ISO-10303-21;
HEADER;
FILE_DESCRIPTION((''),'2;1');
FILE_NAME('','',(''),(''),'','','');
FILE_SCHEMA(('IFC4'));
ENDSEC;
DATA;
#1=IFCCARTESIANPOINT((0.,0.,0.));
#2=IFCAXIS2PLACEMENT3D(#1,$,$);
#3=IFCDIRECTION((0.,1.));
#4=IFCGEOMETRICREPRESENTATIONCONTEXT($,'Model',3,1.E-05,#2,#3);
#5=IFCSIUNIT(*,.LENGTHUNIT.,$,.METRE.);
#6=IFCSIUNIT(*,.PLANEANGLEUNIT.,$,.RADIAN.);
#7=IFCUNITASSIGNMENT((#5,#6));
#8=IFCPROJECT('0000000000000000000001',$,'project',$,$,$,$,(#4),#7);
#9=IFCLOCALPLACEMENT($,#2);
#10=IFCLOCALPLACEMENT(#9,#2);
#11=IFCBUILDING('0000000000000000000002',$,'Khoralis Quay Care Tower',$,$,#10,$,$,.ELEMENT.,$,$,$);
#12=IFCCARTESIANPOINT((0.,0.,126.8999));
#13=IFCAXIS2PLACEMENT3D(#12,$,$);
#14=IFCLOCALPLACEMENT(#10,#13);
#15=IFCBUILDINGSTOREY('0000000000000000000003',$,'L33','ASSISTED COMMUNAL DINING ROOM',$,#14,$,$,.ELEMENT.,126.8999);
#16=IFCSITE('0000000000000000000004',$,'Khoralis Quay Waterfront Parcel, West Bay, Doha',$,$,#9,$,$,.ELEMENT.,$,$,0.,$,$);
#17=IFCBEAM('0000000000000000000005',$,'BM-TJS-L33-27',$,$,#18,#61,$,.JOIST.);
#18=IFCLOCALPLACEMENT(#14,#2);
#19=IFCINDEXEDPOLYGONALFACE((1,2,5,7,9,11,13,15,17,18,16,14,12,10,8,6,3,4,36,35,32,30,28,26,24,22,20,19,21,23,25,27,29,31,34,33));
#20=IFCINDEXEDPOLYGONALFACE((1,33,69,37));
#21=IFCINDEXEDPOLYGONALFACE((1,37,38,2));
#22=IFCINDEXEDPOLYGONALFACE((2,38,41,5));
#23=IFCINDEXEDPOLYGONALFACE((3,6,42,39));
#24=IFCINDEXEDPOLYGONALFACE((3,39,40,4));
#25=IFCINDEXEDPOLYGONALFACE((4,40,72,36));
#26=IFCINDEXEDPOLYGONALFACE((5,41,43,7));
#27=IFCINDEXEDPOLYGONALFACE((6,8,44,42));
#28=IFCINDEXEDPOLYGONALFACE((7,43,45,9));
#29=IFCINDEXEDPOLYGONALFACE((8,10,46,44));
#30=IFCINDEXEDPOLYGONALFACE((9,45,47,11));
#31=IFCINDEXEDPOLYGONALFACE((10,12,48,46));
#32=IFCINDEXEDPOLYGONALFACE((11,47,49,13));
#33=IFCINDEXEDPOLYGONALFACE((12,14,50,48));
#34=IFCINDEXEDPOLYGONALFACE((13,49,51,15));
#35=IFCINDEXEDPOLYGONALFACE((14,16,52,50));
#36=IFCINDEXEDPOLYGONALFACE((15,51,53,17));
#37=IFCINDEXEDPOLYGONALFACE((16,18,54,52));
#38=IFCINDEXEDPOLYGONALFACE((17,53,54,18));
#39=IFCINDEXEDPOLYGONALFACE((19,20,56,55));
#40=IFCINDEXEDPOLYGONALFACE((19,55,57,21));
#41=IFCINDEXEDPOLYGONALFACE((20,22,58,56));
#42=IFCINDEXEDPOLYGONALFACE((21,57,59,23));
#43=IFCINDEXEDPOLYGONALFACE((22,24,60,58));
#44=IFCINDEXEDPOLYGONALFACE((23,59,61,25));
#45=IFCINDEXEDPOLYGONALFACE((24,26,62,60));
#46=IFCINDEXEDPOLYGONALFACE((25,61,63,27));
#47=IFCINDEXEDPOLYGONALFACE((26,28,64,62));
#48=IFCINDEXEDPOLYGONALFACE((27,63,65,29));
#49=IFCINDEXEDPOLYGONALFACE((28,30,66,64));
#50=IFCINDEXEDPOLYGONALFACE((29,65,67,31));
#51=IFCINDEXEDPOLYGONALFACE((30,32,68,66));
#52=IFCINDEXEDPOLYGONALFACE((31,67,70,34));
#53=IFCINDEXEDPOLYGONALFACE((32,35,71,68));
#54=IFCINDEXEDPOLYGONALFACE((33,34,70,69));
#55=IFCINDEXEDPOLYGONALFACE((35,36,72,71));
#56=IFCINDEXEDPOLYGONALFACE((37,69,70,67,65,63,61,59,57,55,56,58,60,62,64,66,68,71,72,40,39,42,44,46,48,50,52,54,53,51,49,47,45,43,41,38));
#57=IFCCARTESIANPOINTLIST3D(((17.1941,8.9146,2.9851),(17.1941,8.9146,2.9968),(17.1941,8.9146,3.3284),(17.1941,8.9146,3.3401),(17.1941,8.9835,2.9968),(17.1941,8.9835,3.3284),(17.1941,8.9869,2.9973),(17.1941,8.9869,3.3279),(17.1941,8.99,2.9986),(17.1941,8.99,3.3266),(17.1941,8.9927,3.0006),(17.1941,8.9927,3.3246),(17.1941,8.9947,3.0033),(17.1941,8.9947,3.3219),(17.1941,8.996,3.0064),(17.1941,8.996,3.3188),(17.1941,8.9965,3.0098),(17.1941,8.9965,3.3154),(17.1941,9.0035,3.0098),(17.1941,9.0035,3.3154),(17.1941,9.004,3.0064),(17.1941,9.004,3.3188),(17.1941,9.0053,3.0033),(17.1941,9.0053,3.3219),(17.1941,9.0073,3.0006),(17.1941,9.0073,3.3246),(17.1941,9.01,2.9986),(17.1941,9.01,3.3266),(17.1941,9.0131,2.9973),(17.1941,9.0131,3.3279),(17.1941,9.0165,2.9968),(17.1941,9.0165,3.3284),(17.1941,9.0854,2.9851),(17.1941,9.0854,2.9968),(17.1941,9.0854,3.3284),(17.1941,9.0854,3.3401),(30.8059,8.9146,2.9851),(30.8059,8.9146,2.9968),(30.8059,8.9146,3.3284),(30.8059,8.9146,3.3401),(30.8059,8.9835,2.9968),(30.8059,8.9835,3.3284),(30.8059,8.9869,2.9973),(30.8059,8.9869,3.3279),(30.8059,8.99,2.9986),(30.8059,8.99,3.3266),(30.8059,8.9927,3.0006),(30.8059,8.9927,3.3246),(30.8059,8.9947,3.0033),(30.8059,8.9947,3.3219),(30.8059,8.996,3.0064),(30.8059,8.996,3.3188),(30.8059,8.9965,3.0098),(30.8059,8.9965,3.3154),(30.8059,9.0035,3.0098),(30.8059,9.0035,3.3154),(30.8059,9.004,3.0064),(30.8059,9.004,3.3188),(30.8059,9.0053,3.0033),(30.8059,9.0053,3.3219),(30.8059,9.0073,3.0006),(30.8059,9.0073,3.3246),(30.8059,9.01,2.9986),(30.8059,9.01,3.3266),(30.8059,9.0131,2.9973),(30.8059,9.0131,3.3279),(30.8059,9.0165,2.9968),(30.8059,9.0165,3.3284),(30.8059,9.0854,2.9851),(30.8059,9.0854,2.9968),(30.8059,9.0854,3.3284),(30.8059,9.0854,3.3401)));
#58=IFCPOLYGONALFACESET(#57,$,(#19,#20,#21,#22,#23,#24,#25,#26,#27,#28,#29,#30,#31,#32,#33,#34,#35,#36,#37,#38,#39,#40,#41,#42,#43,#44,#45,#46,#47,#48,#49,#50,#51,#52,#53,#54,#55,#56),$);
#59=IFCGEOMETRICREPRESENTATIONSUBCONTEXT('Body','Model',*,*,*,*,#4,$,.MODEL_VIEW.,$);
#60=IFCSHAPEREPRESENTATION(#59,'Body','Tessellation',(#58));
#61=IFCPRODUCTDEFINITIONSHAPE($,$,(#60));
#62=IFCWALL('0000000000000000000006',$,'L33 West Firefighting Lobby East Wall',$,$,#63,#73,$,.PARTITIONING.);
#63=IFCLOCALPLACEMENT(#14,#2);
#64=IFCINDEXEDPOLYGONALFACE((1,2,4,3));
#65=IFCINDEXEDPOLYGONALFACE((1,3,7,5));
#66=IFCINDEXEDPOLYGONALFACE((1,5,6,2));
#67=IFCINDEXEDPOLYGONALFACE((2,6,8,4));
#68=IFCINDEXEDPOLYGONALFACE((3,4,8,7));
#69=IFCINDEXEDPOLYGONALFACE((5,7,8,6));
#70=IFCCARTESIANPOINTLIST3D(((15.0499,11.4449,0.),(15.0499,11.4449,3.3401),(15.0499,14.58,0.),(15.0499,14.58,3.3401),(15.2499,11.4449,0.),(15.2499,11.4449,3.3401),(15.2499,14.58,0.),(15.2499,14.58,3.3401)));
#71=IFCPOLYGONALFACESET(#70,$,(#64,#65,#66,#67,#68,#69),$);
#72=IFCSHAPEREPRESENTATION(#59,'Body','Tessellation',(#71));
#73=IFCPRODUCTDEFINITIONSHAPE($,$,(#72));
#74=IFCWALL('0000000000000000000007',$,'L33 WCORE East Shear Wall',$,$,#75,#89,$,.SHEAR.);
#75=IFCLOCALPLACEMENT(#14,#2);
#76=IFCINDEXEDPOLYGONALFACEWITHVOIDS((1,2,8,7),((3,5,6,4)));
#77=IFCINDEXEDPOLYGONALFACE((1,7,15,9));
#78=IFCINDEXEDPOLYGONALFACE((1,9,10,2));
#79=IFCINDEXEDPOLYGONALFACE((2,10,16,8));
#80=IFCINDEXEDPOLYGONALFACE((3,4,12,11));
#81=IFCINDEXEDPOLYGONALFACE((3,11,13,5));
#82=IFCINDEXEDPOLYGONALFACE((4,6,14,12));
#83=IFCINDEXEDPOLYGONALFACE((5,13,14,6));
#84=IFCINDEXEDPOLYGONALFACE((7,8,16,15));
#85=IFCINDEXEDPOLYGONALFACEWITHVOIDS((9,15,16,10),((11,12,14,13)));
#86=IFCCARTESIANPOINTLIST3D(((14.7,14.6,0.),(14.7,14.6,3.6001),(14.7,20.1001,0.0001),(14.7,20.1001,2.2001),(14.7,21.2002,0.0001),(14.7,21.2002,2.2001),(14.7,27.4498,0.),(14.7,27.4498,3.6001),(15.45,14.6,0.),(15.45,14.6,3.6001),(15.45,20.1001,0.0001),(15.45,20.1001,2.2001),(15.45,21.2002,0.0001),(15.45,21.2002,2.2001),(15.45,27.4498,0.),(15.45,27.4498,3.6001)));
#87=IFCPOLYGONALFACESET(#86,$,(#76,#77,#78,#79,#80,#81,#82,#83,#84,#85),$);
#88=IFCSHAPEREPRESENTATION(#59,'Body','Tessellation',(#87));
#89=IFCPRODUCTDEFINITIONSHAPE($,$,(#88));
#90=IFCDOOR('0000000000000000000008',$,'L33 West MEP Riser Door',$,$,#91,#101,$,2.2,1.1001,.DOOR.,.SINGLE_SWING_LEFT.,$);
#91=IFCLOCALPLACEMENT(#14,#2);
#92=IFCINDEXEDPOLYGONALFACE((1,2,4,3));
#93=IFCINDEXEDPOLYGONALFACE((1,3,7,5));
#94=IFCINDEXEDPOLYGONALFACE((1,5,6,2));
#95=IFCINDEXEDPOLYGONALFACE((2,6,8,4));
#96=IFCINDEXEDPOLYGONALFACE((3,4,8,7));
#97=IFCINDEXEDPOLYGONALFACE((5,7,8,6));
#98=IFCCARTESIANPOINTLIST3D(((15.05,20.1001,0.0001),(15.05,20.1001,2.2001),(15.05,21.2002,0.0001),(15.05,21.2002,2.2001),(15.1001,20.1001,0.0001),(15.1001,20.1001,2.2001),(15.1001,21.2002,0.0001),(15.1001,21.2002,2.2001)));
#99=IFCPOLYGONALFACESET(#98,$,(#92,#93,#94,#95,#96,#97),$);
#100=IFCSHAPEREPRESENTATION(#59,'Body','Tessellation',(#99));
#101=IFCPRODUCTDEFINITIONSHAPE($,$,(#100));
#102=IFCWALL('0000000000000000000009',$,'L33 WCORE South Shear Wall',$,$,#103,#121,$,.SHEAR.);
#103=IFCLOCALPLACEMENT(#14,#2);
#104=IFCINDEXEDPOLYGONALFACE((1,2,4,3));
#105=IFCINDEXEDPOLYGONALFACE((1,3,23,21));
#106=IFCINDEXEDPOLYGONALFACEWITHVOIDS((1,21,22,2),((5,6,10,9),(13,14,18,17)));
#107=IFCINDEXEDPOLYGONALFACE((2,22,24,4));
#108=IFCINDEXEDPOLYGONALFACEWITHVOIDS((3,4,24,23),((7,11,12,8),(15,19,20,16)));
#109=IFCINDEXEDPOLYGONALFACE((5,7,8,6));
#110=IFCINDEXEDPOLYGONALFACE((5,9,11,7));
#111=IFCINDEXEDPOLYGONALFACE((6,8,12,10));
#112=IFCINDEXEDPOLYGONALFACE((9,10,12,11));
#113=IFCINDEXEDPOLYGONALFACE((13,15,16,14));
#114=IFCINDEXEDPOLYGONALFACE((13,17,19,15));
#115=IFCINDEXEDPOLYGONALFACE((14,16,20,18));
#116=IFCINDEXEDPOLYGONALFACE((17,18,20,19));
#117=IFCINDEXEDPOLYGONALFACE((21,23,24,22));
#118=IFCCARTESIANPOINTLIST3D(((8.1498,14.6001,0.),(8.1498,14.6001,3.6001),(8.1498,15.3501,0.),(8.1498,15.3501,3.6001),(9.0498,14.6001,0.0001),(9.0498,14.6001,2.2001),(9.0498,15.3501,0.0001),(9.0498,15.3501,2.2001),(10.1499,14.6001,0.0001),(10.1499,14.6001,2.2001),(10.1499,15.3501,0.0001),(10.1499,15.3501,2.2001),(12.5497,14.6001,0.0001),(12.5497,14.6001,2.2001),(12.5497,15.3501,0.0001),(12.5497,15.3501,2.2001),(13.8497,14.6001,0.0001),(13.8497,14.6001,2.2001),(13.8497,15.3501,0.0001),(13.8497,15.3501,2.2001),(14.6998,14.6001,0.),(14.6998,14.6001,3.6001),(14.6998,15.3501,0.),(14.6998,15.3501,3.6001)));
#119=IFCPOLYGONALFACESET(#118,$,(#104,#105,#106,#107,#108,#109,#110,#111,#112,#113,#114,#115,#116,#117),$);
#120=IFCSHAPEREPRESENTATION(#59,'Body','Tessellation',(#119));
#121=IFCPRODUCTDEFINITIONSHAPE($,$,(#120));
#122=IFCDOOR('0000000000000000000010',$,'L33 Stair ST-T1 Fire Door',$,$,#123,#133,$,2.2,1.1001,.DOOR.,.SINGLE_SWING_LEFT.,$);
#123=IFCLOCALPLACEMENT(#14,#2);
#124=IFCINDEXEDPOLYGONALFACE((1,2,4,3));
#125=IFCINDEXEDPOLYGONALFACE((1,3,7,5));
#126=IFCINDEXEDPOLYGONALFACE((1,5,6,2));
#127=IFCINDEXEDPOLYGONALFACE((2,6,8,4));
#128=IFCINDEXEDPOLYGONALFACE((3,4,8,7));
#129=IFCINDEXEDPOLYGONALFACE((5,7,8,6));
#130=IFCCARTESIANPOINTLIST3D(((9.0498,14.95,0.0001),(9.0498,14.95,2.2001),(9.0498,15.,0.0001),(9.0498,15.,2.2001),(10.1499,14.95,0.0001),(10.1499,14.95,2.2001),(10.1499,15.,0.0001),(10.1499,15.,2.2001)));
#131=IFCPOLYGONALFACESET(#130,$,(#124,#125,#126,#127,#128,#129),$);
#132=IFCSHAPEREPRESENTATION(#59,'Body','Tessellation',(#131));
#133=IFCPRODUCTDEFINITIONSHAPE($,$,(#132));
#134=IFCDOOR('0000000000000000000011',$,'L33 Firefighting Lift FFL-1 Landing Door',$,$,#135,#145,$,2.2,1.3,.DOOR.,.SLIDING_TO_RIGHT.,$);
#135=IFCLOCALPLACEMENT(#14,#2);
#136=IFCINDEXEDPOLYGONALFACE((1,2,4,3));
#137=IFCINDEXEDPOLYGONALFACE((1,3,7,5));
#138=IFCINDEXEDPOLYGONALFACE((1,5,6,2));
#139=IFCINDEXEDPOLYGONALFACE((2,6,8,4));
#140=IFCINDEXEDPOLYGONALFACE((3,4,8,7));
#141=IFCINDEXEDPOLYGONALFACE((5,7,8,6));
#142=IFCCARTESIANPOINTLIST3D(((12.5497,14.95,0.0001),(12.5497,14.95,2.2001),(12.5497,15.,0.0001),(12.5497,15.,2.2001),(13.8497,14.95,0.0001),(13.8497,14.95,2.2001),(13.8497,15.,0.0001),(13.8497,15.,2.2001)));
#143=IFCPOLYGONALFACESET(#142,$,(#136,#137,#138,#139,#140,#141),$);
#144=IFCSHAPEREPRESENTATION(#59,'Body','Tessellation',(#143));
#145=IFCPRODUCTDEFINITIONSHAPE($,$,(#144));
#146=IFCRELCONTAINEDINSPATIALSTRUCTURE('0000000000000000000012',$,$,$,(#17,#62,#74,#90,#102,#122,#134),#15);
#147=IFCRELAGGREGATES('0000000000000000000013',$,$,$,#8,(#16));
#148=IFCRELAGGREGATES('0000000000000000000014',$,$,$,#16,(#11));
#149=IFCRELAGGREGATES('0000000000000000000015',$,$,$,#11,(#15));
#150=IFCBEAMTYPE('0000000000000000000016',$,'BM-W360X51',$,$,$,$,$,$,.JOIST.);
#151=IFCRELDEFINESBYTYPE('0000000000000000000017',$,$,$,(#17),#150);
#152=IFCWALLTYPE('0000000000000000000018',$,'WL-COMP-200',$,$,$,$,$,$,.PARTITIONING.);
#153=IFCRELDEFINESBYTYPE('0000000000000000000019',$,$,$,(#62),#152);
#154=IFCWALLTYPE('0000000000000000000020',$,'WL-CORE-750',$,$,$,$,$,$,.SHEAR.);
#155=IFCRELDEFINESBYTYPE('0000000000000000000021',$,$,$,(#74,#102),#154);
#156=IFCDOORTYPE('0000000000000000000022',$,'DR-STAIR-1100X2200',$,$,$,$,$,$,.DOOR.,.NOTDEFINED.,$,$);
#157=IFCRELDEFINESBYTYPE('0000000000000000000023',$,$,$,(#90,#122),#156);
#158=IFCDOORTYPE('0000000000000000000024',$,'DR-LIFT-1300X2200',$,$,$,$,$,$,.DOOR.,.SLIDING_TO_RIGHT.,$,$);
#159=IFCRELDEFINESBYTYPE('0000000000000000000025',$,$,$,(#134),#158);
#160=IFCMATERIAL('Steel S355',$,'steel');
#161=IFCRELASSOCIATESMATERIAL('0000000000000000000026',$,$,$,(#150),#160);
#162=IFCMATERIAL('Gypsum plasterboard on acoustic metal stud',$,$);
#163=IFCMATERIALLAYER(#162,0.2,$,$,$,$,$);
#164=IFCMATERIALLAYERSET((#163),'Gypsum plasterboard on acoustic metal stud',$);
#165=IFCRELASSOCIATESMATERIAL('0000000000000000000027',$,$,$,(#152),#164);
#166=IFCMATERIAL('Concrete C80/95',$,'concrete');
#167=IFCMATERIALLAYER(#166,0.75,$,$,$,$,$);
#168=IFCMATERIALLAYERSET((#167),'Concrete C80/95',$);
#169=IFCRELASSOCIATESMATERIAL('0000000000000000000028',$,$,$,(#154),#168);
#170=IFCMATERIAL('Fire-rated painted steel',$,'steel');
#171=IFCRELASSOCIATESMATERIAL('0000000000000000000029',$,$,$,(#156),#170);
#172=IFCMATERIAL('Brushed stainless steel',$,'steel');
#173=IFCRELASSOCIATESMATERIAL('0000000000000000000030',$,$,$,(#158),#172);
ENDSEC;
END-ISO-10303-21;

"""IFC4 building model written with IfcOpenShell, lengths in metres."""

from ifc_helpers import new_model, si_unit, direction, frame, frame_2d, origin, origin_2d, place, context, subcontext, project, spatial, rectangle, i_section, extrude, source, transform, mapped, material, layer, layer_set, material_profile, profile_set, type_object, element, fill, save


model = new_model("IFC4")

# Units and contexts
model_context = context("Model", 3, precision=1e-05, world=origin(), true_north=direction((0.0, 1.0)))
body_context = subcontext(model_context, "Body", "Model", "MODEL_VIEW")
ifc_project = project(units=[si_unit("LENGTHUNIT", "METRE"), si_unit("PLANEANGLEUNIT", "RADIAN")], contexts=[model_context])

# Site, building, storey
site_placement = place(None, origin())
site = spatial("IfcSite", under=ifc_project, at=site_placement, Name="Khoralis Quay Waterfront Parcel, West Bay, Doha", CompositionType="ELEMENT", RefElevation=0.0)
building_placement = place(site_placement, origin())
building = spatial("IfcBuilding", under=site, at=building_placement, Name="Khoralis Quay Care Tower", CompositionType="ELEMENT")
storey_placement = place(building_placement, frame((0.0, 0.0, 126.8999)))
storey = spatial("IfcBuildingStorey", under=building, at=storey_placement, Name="L33", Description="ASSISTED COMMUNAL DINING ROOM", CompositionType="ELEMENT", Elevation=126.8999)

# Beam
ifc_material_1 = material(Name="Steel S355", Category="steel")
ifc_material_profile_1 = material_profile(ifc_material_1, i_section(OverallWidth=0.1709, OverallDepth=0.355, WebThickness=0.0071, FlangeThickness=0.0117, FilletRadius=0.0129, at=origin_2d()), Name="Steel S355")
ifc_profile_set_1 = profile_set([ifc_material_profile_1], Name="Steel S355")
beam_type_1 = type_object("IfcBeamType", Name="BM-W360X51", PredefinedType="JOIST", material=ifc_profile_set_1)
shared_shape_1 = source(origin(), body_context, "Body", "SweptSolid", [
    extrude(i_section(OverallWidth=0.1709, OverallDepth=0.355, WebThickness=0.0071, FlangeThickness=0.0117, FilletRadius=0.0129, at=origin_2d()), origin(), (0.0, 0.0, 1.0), 13.6118),
])
beam_1_placement = place(storey_placement, frame((17.1941, 9.0, 3.1626), z_axis=(1.0, 0.0, 0.0), x_axis=(0.0, 1.0, 0.0)))
element("IfcBeam", 1, at=beam_1_placement, inside=storey, type_object=beam_type_1, Name="BM-TJS-L33-27", PredefinedType="JOIST", context=body_context, shape_type="MappedRepresentation", body=[
    mapped(shared_shape_1, transform((0.0, 0.0, 0.0), scale=1.0)),
])

# Wall
ifc_material_2 = material(Name="Gypsum plasterboard on acoustic metal stud")
ifc_layer_1 = layer(ifc_material_2, 0.2)
ifc_layer_set_1 = layer_set([ifc_layer_1], Name="Gypsum plasterboard on acoustic metal stud")
wall_type_1 = type_object("IfcWallType", Name="WL-COMP-200", PredefinedType="PARTITIONING", material=ifc_layer_set_1)
wall_1_placement = place(storey_placement, frame((15.1499, 11.4451, 0.0), z_axis=(0.0, 0.0, 1.0), x_axis=(0.0, 1.0, 0.0)))
element("IfcWall", 2, at=wall_1_placement, inside=storey, type_object=wall_type_1, Name="L33 West Firefighting Lobby East Wall", PredefinedType="PARTITIONING", context=body_context, shape_type="SweptSolid", body=[
    extrude(rectangle(XDim=3.135, YDim=0.2, at=frame_2d((1.5674, 0.0))), origin(), (0.0, 0.0, 1.0), 3.3401),
])

# Wall, opening, door
ifc_material_3 = material(Name="Concrete C80/95", Category="concrete")
ifc_layer_2 = layer(ifc_material_3, 0.75)
ifc_layer_set_2 = layer_set([ifc_layer_2], Name="Concrete C80/95")
wall_type_2 = type_object("IfcWallType", Name="WL-CORE-750", PredefinedType="SHEAR", material=ifc_layer_set_2)
wall_2_placement = place(storey_placement, frame((15.075, 14.6001, 0.0), z_axis=(0.0, 0.0, 1.0), x_axis=(0.0, 1.0, 0.0)))
wall_2 = element("IfcWall", 3, at=wall_2_placement, inside=storey, type_object=wall_type_2, Name="L33 WCORE East Shear Wall", PredefinedType="SHEAR", context=body_context, shape_type="SweptSolid", body=[
    extrude(rectangle(XDim=12.8499, YDim=0.75, at=frame_2d((6.4248, 0.0))), origin(), (0.0, 0.0, 1.0), 3.6001),
])
opening_1_placement = place(wall_2_placement, frame((5.5, 0.0, 0.0)))
opening_1 = element("IfcOpeningElement", 4, at=opening_1_placement, cuts=wall_2, PredefinedType="OPENING", context=body_context, shape_type="SweptSolid", body=[
    extrude(rectangle(XDim=1.1001, YDim=2.2, at=frame_2d((0.55, 1.1001))), frame((0.0, 0.385, 0.0), z_axis=(0.0, -1.0, 0.0), x_axis=(1.0, 0.0, 0.0)), (0.0, 0.0, 1.0), 0.77),
])
ifc_material_4 = material(Name="Fire-rated painted steel", Category="steel")
door_type_1 = type_object("IfcDoorType", Name="DR-STAIR-1100X2200", OperationType="NOTDEFINED", PredefinedType="DOOR", material=ifc_material_4)
shared_shape_2 = source(origin(), body_context, "Body", "SweptSolid", [
    extrude(rectangle(XDim=1.1001, YDim=2.2, at=frame_2d((0.55, 1.1001))), frame((0.0, 0.0249, 0.0), z_axis=(0.0, -1.0, 0.0), x_axis=(1.0, 0.0, 0.0)), (0.0, 0.0, 1.0), 0.05),
])
door_1_placement = place(opening_1_placement, origin())
door_1 = element("IfcDoor", 5, at=door_1_placement, inside=storey, type_object=door_type_1, Name="L33 West MEP Riser Door", OperationType="SINGLE_SWING_LEFT", OverallHeight=2.2, OverallWidth=1.1001, PredefinedType="DOOR", context=body_context, shape_type="MappedRepresentation", body=[
    mapped(shared_shape_2, transform((0.0, 0.0, 0.0), scale=1.0)),
])
fill(opening_1, door_1)

# Wall, openings, doors
wall_3_placement = place(storey_placement, frame((8.1499, 14.9751, 0.0), z_axis=(0.0, 0.0, 1.0), x_axis=(1.0, 0.0, 0.0)))
wall_3 = element("IfcWall", 6, at=wall_3_placement, inside=storey, type_object=wall_type_2, Name="L33 WCORE South Shear Wall", PredefinedType="SHEAR", context=body_context, shape_type="SweptSolid", body=[
    extrude(rectangle(XDim=6.55, YDim=0.75, at=frame_2d((3.2749, 0.0))), origin(), (0.0, 0.0, 1.0), 3.6001),
])
opening_2_placement = place(wall_3_placement, frame((0.8999, 0.0, 0.0)))
opening_2 = element("IfcOpeningElement", 7, at=opening_2_placement, cuts=wall_3, PredefinedType="OPENING", context=body_context, shape_type="SweptSolid", body=[
    extrude(rectangle(XDim=1.1001, YDim=2.2, at=frame_2d((0.55, 1.1001))), frame((0.0, 0.385, 0.0), z_axis=(0.0, -1.0, 0.0), x_axis=(1.0, 0.0, 0.0)), (0.0, 0.0, 1.0), 0.77),
])
opening_3_placement = place(wall_3_placement, frame((4.3999, 0.0, 0.0)))
opening_3 = element("IfcOpeningElement", 8, at=opening_3_placement, cuts=wall_3, PredefinedType="OPENING", context=body_context, shape_type="SweptSolid", body=[
    extrude(rectangle(XDim=1.3, YDim=2.2, at=frame_2d((0.6499, 1.1001))), frame((0.0, 0.385, 0.0), z_axis=(0.0, -1.0, 0.0), x_axis=(1.0, 0.0, 0.0)), (0.0, 0.0, 1.0), 0.77),
])
door_2_placement = place(opening_2_placement, origin())
door_2 = element("IfcDoor", 9, at=door_2_placement, inside=storey, type_object=door_type_1, Name="L33 Stair ST-T1 Fire Door", OperationType="SINGLE_SWING_LEFT", OverallHeight=2.2, OverallWidth=1.1001, PredefinedType="DOOR", context=body_context, shape_type="MappedRepresentation", body=[
    mapped(shared_shape_2, transform((0.0, 0.0, 0.0), scale=1.0)),
])
fill(opening_2, door_2)
ifc_material_5 = material(Name="Brushed stainless steel", Category="steel")
door_type_2 = type_object("IfcDoorType", Name="DR-LIFT-1300X2200", OperationType="SLIDING_TO_RIGHT", PredefinedType="DOOR", material=ifc_material_5)
shared_shape_3 = source(origin(), body_context, "Body", "SweptSolid", [
    extrude(rectangle(XDim=1.3, YDim=2.2, at=frame_2d((0.6499, 1.1001))), frame((0.0, 0.0249, 0.0), z_axis=(0.0, -1.0, 0.0), x_axis=(1.0, 0.0, 0.0)), (0.0, 0.0, 1.0), 0.05),
])
door_3_placement = place(opening_3_placement, origin())
door_3 = element("IfcDoor", 10, at=door_3_placement, inside=storey, type_object=door_type_2, Name="L33 Firefighting Lift FFL-1 Landing Door", OperationType="SLIDING_TO_RIGHT", OverallHeight=2.2, OverallWidth=1.3, PredefinedType="DOOR", context=body_context, shape_type="MappedRepresentation", body=[
    mapped(shared_shape_3, transform((0.0, 0.0, 0.0), scale=1.0)),
])
fill(opening_3, door_3)

save(model, "model.ifc")
